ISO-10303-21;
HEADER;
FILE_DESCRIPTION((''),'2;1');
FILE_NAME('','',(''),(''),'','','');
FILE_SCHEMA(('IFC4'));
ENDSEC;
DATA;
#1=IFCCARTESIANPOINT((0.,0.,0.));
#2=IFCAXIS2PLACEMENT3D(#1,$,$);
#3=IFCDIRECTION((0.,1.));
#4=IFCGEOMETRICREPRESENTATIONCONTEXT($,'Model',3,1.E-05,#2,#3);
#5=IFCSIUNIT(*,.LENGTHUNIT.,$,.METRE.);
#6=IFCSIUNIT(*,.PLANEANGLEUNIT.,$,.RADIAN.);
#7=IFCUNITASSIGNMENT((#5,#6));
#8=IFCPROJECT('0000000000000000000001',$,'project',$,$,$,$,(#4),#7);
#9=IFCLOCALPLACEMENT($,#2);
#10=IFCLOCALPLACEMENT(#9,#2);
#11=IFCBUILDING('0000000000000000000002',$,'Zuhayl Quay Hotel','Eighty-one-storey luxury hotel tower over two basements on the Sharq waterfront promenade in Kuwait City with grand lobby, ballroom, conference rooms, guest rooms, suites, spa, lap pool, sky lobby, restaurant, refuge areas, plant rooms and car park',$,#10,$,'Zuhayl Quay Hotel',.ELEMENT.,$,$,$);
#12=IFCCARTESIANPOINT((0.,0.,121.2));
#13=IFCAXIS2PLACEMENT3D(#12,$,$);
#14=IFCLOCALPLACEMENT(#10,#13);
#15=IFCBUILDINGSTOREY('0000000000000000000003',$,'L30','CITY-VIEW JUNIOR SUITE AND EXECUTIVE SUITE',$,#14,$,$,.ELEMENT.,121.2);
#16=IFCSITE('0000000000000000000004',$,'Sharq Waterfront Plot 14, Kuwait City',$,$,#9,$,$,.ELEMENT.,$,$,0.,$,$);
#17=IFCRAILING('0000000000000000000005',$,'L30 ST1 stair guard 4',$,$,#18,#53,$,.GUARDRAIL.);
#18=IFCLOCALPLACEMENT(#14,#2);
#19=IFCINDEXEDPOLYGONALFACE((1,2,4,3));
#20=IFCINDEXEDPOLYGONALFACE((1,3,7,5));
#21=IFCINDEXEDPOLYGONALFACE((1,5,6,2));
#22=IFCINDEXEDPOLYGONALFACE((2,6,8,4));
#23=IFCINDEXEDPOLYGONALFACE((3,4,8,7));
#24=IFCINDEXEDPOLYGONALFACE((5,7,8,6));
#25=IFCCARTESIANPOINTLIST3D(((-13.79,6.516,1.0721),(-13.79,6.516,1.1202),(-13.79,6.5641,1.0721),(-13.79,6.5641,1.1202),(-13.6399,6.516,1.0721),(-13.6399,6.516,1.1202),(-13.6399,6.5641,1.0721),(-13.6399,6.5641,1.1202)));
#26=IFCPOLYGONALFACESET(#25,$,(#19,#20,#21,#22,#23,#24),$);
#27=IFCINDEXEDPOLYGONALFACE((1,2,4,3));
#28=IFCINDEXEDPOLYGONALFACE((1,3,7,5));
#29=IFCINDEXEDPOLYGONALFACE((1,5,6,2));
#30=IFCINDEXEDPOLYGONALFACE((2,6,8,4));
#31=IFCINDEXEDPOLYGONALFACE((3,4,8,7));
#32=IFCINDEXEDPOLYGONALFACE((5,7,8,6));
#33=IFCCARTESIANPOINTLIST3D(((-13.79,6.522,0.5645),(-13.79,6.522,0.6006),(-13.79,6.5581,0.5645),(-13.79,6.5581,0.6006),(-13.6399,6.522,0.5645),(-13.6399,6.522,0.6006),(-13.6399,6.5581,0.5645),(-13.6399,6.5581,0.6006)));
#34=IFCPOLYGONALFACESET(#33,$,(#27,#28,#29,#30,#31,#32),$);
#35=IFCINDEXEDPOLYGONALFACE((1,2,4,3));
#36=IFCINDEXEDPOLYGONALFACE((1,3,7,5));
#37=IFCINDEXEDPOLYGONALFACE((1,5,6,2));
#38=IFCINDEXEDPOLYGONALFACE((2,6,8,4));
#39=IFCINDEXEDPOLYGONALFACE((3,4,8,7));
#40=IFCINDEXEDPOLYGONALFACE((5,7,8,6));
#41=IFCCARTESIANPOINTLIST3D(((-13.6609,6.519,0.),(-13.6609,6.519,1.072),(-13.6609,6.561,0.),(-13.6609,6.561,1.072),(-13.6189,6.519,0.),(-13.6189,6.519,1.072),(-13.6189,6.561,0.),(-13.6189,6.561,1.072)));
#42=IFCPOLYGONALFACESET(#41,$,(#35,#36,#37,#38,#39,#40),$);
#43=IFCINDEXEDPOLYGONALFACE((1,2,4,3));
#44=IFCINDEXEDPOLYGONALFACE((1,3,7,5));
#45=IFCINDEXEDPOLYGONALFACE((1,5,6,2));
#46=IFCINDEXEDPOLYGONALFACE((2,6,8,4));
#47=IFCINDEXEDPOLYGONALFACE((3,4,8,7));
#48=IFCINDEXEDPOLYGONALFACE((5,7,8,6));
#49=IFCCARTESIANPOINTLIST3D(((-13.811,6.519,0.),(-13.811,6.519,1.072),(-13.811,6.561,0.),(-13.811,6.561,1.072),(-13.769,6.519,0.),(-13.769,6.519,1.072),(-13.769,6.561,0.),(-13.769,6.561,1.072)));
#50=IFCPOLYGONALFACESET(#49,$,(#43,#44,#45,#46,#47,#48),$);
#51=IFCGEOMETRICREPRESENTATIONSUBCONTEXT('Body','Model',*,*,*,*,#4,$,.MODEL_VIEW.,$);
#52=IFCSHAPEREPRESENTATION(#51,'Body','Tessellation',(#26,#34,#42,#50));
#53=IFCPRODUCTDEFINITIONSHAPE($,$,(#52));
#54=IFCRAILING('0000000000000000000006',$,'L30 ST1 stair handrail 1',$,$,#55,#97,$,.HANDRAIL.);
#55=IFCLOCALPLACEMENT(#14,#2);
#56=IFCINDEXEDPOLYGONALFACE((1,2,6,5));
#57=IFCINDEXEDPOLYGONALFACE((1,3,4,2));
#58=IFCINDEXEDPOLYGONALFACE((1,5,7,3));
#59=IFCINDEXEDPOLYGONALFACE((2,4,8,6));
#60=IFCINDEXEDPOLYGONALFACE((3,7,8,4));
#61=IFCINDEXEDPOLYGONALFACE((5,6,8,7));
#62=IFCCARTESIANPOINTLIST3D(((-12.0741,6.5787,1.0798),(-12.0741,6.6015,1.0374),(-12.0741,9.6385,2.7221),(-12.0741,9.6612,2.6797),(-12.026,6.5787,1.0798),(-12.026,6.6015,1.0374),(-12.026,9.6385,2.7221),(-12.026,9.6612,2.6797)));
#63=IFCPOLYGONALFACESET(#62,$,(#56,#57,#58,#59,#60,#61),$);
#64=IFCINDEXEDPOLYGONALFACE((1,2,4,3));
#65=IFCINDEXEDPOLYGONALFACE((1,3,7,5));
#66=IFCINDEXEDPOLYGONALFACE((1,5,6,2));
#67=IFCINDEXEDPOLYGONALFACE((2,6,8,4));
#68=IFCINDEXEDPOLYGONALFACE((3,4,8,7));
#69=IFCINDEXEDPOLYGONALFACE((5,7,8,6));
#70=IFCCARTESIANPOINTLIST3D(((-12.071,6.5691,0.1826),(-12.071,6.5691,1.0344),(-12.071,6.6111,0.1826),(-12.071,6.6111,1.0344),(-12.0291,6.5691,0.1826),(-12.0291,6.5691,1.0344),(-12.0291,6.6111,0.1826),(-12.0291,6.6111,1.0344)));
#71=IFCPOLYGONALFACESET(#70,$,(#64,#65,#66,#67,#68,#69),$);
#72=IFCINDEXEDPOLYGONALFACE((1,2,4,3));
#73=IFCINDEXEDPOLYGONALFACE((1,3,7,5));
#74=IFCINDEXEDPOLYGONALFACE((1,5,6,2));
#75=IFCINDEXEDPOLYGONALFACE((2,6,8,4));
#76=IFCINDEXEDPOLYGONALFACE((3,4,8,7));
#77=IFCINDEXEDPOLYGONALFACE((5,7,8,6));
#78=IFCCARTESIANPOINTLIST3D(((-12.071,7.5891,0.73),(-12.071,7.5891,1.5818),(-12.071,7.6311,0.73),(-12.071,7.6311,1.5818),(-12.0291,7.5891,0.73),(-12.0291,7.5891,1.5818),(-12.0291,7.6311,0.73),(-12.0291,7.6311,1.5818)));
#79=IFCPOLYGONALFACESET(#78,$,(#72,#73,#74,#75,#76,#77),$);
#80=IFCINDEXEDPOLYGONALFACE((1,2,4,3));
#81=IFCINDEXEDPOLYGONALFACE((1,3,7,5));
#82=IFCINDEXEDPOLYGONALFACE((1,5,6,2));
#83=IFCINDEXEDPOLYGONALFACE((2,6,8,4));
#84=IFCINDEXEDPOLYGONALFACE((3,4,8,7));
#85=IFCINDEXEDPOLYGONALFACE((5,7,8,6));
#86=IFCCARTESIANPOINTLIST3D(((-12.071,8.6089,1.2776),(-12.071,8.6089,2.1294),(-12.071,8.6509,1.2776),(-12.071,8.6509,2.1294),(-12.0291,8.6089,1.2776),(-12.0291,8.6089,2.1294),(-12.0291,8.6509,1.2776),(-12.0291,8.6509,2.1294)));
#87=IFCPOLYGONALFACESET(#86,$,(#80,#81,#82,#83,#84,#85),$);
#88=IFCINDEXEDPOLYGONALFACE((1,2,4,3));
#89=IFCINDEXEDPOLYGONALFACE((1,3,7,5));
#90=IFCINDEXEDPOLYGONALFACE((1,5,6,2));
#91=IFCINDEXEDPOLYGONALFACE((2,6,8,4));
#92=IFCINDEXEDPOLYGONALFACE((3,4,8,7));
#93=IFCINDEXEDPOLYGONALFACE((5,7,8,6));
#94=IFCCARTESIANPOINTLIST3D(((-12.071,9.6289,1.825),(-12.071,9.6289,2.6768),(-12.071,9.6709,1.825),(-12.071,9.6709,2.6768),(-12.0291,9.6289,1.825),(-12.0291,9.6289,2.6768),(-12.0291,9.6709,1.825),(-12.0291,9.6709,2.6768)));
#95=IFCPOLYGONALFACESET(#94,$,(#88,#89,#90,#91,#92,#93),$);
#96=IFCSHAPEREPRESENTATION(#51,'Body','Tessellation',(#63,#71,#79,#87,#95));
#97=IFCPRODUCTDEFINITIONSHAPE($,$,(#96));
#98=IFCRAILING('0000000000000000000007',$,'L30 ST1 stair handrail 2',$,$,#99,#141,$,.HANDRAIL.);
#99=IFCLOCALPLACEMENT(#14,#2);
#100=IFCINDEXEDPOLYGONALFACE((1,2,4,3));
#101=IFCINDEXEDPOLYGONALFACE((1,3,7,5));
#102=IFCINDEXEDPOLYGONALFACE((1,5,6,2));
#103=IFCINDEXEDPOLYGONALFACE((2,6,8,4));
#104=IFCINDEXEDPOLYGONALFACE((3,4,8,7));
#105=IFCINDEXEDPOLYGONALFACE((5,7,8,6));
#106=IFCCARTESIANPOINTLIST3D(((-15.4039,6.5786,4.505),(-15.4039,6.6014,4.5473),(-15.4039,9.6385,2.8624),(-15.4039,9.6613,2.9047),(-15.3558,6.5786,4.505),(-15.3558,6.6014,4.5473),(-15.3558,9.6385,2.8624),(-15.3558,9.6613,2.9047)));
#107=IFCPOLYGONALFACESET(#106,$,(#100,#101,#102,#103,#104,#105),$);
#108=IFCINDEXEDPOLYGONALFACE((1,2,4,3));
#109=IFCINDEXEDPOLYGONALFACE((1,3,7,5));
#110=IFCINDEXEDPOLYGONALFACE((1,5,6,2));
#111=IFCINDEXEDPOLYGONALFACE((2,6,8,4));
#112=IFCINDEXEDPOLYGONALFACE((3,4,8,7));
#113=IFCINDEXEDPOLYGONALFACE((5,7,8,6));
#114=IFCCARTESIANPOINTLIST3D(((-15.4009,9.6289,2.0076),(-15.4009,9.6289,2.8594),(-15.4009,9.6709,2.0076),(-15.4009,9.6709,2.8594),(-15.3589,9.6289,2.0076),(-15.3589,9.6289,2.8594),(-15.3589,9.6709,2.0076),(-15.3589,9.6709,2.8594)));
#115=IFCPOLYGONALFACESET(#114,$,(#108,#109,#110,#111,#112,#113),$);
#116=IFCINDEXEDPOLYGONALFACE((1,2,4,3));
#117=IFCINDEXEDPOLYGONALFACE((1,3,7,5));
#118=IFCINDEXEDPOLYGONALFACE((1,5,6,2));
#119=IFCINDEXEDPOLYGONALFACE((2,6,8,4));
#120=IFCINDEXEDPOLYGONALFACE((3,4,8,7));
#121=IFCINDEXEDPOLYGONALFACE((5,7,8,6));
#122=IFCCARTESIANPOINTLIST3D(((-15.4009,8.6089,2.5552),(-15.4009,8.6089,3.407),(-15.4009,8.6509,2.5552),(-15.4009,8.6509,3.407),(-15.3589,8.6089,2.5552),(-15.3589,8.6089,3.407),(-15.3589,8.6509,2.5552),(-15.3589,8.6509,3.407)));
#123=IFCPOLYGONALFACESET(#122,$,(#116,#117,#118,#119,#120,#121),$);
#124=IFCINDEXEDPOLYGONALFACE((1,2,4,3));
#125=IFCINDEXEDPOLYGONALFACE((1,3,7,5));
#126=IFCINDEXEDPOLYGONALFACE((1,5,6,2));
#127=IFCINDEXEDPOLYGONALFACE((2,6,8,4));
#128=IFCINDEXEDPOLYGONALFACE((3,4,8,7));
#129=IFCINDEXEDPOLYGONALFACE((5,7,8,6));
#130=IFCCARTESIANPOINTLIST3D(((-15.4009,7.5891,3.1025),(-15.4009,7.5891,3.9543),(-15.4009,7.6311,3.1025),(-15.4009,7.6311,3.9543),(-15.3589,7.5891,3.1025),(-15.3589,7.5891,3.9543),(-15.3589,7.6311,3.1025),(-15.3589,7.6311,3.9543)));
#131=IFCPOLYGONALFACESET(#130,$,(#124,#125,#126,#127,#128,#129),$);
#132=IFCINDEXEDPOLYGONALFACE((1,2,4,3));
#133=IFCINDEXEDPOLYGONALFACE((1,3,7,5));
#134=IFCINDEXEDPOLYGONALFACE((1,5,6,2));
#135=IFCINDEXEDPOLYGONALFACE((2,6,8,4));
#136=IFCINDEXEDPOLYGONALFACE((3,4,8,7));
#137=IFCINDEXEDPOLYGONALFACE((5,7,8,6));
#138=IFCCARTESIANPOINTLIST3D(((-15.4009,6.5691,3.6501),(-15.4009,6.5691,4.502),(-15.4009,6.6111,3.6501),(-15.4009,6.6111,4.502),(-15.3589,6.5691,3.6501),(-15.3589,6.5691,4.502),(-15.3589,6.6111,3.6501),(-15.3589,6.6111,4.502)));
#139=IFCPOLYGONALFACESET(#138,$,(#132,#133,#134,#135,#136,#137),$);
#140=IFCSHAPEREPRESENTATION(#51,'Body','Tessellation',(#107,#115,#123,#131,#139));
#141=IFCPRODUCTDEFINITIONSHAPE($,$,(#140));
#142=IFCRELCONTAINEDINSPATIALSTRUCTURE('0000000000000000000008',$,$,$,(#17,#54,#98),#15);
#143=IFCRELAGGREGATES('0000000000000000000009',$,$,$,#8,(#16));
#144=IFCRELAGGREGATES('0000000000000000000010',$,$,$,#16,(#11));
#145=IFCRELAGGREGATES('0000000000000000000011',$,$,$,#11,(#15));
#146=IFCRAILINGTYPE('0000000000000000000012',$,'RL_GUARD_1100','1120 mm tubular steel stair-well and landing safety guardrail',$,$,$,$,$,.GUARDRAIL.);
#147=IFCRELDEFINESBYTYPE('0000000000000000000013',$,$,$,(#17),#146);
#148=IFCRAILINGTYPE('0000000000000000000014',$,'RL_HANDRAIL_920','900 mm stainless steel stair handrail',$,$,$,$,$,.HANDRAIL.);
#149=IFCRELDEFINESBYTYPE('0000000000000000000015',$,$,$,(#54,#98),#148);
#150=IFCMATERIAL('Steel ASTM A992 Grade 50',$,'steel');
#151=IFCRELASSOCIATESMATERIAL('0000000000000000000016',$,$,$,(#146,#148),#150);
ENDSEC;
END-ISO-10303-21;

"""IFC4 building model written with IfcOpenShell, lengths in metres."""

from ifc_helpers import new_model, si_unit, direction, frame, origin, origin_2d, place, context, subcontext, project, spatial, rectangle, extrude, material, type_object, element, save


model = new_model("IFC4")

# Units and contexts
model_context = context("Model", 3, precision=1e-05, world=origin(), true_north=direction((0.0, 1.0)))
body_context = subcontext(model_context, "Body", "Model", "MODEL_VIEW")
ifc_project = project(units=[si_unit("LENGTHUNIT", "METRE"), si_unit("PLANEANGLEUNIT", "RADIAN")], contexts=[model_context])

# Site, building, storey
site_placement = place(None, origin())
site = spatial("IfcSite", under=ifc_project, at=site_placement, Name="Sharq Waterfront Plot 14, Kuwait City", CompositionType="ELEMENT", RefElevation=0.0)
building_placement = place(site_placement, origin())
building = spatial("IfcBuilding", under=site, at=building_placement, Name="Zuhayl Quay Hotel", Description="Eighty-one-storey luxury hotel tower over two basements on the Sharq waterfront promenade in Kuwait City with grand lobby, ballroom, conference rooms, guest rooms, suites, spa, lap pool, sky lobby, restaurant, refuge areas, plant rooms and car park", LongName="Zuhayl Quay Hotel", CompositionType="ELEMENT")
storey_placement = place(building_placement, frame((0.0, 0.0, 121.2)))
storey = spatial("IfcBuildingStorey", under=building, at=storey_placement, Name="L30", Description="CITY-VIEW JUNIOR SUITE AND EXECUTIVE SUITE", CompositionType="ELEMENT", Elevation=121.2)

# Shared definitions
ifc_material_1 = material(Name="Steel ASTM A992 Grade 50", Category="steel")

# Railings
railing_type_1 = type_object("IfcRailingType", Name="RL_GUARD_1100", Description="1120 mm tubular steel stair-well and landing safety guardrail", PredefinedType="GUARDRAIL", material=ifc_material_1)
railing_1_placement = place(storey_placement, frame((-13.6399, 6.54, 0.0)))
element("IfcRailing", 1, at=railing_1_placement, inside=storey, type_object=railing_type_1, Name="L30 ST1 stair guard 4", PredefinedType="GUARDRAIL", context=body_context, shape_type="SweptSolid", body=[
    extrude(rectangle(XDim=0.0481, YDim=0.0481, at=origin_2d()), frame((0.0, 0.0, 1.0962), z_axis=(-1.0, 0.0, 0.0), x_axis=(0.0, -1.0, 0.0)), (0.0, 0.0, 1.0), 0.1501),
    extrude(rectangle(XDim=0.0361, YDim=0.0361, at=origin_2d()), frame((0.0, 0.0, 0.5825), z_axis=(-1.0, 0.0, 0.0), x_axis=(0.0, -1.0, 0.0)), (0.0, 0.0, 1.0), 0.1501),
    extrude(rectangle(XDim=0.042, YDim=0.042, at=origin_2d()), origin(), (0.0, 0.0, 1.0), 1.072),
    extrude(rectangle(XDim=0.042, YDim=0.042, at=origin_2d()), frame((-0.1501, 0.0, 0.0)), (0.0, 0.0, 1.0), 1.072),
])
railing_type_2 = type_object("IfcRailingType", Name="RL_HANDRAIL_920", Description="900 mm stainless steel stair handrail", PredefinedType="HANDRAIL", material=ifc_material_1)
railing_2_placement = place(storey_placement, frame((-12.05, 6.5901, 0.1826)))
element("IfcRailing", 2, at=railing_2_placement, inside=storey, type_object=railing_type_2, Name="L30 ST1 stair handrail 1", PredefinedType="HANDRAIL", context=body_context, shape_type="SweptSolid", body=[
    extrude(rectangle(XDim=0.0481, YDim=0.0481, at=origin_2d()), frame((0.0, 0.0, 0.876), z_axis=(0.0, 0.881102, 0.472926), x_axis=(-1.0, 0.0, 0.0)), (0.0, 0.0, 1.0), 3.4727),
    extrude(rectangle(XDim=0.042, YDim=0.042, at=origin_2d()), origin(), (0.0, 0.0, 1.0), 0.8518),
    extrude(rectangle(XDim=0.042, YDim=0.042, at=origin_2d()), frame((0.0, 1.02, 0.5474)), (0.0, 0.0, 1.0), 0.8518),
    extrude(rectangle(XDim=0.042, YDim=0.042, at=origin_2d()), frame((0.0, 2.0398, 1.095)), (0.0, 0.0, 1.0), 0.8518),
    extrude(rectangle(XDim=0.042, YDim=0.042, at=origin_2d()), frame((0.0, 3.0598, 1.6423)), (0.0, 0.0, 1.0), 0.8518),
])
railing_3_placement = place(storey_placement, frame((-15.3799, 9.6499, 2.0076)))
element("IfcRailing", 3, at=railing_3_placement, inside=storey, type_object=railing_type_2, Name="L30 ST1 stair handrail 2", PredefinedType="HANDRAIL", context=body_context, shape_type="SweptSolid", body=[
    extrude(rectangle(XDim=0.0481, YDim=0.0481, at=origin_2d()), frame((0.0, 0.0, 0.876), z_axis=(0.0, -0.881073, 0.47298), x_axis=(1.0, 0.0, 0.0)), (0.0, 0.0, 1.0), 3.4729),
    extrude(rectangle(XDim=0.042, YDim=0.042, at=origin_2d()), origin(), (0.0, 0.0, 1.0), 0.8518),
    extrude(rectangle(XDim=0.042, YDim=0.042, at=origin_2d()), frame((0.0, -1.02, 0.5476)), (0.0, 0.0, 1.0), 0.8518),
    extrude(rectangle(XDim=0.042, YDim=0.042, at=origin_2d()), frame((0.0, -2.0398, 1.095)), (0.0, 0.0, 1.0), 0.8518),
    extrude(rectangle(XDim=0.042, YDim=0.042, at=origin_2d()), frame((0.0, -3.0598, 1.6426)), (0.0, 0.0, 1.0), 0.8518),
])

save(model, "model.ifc")
